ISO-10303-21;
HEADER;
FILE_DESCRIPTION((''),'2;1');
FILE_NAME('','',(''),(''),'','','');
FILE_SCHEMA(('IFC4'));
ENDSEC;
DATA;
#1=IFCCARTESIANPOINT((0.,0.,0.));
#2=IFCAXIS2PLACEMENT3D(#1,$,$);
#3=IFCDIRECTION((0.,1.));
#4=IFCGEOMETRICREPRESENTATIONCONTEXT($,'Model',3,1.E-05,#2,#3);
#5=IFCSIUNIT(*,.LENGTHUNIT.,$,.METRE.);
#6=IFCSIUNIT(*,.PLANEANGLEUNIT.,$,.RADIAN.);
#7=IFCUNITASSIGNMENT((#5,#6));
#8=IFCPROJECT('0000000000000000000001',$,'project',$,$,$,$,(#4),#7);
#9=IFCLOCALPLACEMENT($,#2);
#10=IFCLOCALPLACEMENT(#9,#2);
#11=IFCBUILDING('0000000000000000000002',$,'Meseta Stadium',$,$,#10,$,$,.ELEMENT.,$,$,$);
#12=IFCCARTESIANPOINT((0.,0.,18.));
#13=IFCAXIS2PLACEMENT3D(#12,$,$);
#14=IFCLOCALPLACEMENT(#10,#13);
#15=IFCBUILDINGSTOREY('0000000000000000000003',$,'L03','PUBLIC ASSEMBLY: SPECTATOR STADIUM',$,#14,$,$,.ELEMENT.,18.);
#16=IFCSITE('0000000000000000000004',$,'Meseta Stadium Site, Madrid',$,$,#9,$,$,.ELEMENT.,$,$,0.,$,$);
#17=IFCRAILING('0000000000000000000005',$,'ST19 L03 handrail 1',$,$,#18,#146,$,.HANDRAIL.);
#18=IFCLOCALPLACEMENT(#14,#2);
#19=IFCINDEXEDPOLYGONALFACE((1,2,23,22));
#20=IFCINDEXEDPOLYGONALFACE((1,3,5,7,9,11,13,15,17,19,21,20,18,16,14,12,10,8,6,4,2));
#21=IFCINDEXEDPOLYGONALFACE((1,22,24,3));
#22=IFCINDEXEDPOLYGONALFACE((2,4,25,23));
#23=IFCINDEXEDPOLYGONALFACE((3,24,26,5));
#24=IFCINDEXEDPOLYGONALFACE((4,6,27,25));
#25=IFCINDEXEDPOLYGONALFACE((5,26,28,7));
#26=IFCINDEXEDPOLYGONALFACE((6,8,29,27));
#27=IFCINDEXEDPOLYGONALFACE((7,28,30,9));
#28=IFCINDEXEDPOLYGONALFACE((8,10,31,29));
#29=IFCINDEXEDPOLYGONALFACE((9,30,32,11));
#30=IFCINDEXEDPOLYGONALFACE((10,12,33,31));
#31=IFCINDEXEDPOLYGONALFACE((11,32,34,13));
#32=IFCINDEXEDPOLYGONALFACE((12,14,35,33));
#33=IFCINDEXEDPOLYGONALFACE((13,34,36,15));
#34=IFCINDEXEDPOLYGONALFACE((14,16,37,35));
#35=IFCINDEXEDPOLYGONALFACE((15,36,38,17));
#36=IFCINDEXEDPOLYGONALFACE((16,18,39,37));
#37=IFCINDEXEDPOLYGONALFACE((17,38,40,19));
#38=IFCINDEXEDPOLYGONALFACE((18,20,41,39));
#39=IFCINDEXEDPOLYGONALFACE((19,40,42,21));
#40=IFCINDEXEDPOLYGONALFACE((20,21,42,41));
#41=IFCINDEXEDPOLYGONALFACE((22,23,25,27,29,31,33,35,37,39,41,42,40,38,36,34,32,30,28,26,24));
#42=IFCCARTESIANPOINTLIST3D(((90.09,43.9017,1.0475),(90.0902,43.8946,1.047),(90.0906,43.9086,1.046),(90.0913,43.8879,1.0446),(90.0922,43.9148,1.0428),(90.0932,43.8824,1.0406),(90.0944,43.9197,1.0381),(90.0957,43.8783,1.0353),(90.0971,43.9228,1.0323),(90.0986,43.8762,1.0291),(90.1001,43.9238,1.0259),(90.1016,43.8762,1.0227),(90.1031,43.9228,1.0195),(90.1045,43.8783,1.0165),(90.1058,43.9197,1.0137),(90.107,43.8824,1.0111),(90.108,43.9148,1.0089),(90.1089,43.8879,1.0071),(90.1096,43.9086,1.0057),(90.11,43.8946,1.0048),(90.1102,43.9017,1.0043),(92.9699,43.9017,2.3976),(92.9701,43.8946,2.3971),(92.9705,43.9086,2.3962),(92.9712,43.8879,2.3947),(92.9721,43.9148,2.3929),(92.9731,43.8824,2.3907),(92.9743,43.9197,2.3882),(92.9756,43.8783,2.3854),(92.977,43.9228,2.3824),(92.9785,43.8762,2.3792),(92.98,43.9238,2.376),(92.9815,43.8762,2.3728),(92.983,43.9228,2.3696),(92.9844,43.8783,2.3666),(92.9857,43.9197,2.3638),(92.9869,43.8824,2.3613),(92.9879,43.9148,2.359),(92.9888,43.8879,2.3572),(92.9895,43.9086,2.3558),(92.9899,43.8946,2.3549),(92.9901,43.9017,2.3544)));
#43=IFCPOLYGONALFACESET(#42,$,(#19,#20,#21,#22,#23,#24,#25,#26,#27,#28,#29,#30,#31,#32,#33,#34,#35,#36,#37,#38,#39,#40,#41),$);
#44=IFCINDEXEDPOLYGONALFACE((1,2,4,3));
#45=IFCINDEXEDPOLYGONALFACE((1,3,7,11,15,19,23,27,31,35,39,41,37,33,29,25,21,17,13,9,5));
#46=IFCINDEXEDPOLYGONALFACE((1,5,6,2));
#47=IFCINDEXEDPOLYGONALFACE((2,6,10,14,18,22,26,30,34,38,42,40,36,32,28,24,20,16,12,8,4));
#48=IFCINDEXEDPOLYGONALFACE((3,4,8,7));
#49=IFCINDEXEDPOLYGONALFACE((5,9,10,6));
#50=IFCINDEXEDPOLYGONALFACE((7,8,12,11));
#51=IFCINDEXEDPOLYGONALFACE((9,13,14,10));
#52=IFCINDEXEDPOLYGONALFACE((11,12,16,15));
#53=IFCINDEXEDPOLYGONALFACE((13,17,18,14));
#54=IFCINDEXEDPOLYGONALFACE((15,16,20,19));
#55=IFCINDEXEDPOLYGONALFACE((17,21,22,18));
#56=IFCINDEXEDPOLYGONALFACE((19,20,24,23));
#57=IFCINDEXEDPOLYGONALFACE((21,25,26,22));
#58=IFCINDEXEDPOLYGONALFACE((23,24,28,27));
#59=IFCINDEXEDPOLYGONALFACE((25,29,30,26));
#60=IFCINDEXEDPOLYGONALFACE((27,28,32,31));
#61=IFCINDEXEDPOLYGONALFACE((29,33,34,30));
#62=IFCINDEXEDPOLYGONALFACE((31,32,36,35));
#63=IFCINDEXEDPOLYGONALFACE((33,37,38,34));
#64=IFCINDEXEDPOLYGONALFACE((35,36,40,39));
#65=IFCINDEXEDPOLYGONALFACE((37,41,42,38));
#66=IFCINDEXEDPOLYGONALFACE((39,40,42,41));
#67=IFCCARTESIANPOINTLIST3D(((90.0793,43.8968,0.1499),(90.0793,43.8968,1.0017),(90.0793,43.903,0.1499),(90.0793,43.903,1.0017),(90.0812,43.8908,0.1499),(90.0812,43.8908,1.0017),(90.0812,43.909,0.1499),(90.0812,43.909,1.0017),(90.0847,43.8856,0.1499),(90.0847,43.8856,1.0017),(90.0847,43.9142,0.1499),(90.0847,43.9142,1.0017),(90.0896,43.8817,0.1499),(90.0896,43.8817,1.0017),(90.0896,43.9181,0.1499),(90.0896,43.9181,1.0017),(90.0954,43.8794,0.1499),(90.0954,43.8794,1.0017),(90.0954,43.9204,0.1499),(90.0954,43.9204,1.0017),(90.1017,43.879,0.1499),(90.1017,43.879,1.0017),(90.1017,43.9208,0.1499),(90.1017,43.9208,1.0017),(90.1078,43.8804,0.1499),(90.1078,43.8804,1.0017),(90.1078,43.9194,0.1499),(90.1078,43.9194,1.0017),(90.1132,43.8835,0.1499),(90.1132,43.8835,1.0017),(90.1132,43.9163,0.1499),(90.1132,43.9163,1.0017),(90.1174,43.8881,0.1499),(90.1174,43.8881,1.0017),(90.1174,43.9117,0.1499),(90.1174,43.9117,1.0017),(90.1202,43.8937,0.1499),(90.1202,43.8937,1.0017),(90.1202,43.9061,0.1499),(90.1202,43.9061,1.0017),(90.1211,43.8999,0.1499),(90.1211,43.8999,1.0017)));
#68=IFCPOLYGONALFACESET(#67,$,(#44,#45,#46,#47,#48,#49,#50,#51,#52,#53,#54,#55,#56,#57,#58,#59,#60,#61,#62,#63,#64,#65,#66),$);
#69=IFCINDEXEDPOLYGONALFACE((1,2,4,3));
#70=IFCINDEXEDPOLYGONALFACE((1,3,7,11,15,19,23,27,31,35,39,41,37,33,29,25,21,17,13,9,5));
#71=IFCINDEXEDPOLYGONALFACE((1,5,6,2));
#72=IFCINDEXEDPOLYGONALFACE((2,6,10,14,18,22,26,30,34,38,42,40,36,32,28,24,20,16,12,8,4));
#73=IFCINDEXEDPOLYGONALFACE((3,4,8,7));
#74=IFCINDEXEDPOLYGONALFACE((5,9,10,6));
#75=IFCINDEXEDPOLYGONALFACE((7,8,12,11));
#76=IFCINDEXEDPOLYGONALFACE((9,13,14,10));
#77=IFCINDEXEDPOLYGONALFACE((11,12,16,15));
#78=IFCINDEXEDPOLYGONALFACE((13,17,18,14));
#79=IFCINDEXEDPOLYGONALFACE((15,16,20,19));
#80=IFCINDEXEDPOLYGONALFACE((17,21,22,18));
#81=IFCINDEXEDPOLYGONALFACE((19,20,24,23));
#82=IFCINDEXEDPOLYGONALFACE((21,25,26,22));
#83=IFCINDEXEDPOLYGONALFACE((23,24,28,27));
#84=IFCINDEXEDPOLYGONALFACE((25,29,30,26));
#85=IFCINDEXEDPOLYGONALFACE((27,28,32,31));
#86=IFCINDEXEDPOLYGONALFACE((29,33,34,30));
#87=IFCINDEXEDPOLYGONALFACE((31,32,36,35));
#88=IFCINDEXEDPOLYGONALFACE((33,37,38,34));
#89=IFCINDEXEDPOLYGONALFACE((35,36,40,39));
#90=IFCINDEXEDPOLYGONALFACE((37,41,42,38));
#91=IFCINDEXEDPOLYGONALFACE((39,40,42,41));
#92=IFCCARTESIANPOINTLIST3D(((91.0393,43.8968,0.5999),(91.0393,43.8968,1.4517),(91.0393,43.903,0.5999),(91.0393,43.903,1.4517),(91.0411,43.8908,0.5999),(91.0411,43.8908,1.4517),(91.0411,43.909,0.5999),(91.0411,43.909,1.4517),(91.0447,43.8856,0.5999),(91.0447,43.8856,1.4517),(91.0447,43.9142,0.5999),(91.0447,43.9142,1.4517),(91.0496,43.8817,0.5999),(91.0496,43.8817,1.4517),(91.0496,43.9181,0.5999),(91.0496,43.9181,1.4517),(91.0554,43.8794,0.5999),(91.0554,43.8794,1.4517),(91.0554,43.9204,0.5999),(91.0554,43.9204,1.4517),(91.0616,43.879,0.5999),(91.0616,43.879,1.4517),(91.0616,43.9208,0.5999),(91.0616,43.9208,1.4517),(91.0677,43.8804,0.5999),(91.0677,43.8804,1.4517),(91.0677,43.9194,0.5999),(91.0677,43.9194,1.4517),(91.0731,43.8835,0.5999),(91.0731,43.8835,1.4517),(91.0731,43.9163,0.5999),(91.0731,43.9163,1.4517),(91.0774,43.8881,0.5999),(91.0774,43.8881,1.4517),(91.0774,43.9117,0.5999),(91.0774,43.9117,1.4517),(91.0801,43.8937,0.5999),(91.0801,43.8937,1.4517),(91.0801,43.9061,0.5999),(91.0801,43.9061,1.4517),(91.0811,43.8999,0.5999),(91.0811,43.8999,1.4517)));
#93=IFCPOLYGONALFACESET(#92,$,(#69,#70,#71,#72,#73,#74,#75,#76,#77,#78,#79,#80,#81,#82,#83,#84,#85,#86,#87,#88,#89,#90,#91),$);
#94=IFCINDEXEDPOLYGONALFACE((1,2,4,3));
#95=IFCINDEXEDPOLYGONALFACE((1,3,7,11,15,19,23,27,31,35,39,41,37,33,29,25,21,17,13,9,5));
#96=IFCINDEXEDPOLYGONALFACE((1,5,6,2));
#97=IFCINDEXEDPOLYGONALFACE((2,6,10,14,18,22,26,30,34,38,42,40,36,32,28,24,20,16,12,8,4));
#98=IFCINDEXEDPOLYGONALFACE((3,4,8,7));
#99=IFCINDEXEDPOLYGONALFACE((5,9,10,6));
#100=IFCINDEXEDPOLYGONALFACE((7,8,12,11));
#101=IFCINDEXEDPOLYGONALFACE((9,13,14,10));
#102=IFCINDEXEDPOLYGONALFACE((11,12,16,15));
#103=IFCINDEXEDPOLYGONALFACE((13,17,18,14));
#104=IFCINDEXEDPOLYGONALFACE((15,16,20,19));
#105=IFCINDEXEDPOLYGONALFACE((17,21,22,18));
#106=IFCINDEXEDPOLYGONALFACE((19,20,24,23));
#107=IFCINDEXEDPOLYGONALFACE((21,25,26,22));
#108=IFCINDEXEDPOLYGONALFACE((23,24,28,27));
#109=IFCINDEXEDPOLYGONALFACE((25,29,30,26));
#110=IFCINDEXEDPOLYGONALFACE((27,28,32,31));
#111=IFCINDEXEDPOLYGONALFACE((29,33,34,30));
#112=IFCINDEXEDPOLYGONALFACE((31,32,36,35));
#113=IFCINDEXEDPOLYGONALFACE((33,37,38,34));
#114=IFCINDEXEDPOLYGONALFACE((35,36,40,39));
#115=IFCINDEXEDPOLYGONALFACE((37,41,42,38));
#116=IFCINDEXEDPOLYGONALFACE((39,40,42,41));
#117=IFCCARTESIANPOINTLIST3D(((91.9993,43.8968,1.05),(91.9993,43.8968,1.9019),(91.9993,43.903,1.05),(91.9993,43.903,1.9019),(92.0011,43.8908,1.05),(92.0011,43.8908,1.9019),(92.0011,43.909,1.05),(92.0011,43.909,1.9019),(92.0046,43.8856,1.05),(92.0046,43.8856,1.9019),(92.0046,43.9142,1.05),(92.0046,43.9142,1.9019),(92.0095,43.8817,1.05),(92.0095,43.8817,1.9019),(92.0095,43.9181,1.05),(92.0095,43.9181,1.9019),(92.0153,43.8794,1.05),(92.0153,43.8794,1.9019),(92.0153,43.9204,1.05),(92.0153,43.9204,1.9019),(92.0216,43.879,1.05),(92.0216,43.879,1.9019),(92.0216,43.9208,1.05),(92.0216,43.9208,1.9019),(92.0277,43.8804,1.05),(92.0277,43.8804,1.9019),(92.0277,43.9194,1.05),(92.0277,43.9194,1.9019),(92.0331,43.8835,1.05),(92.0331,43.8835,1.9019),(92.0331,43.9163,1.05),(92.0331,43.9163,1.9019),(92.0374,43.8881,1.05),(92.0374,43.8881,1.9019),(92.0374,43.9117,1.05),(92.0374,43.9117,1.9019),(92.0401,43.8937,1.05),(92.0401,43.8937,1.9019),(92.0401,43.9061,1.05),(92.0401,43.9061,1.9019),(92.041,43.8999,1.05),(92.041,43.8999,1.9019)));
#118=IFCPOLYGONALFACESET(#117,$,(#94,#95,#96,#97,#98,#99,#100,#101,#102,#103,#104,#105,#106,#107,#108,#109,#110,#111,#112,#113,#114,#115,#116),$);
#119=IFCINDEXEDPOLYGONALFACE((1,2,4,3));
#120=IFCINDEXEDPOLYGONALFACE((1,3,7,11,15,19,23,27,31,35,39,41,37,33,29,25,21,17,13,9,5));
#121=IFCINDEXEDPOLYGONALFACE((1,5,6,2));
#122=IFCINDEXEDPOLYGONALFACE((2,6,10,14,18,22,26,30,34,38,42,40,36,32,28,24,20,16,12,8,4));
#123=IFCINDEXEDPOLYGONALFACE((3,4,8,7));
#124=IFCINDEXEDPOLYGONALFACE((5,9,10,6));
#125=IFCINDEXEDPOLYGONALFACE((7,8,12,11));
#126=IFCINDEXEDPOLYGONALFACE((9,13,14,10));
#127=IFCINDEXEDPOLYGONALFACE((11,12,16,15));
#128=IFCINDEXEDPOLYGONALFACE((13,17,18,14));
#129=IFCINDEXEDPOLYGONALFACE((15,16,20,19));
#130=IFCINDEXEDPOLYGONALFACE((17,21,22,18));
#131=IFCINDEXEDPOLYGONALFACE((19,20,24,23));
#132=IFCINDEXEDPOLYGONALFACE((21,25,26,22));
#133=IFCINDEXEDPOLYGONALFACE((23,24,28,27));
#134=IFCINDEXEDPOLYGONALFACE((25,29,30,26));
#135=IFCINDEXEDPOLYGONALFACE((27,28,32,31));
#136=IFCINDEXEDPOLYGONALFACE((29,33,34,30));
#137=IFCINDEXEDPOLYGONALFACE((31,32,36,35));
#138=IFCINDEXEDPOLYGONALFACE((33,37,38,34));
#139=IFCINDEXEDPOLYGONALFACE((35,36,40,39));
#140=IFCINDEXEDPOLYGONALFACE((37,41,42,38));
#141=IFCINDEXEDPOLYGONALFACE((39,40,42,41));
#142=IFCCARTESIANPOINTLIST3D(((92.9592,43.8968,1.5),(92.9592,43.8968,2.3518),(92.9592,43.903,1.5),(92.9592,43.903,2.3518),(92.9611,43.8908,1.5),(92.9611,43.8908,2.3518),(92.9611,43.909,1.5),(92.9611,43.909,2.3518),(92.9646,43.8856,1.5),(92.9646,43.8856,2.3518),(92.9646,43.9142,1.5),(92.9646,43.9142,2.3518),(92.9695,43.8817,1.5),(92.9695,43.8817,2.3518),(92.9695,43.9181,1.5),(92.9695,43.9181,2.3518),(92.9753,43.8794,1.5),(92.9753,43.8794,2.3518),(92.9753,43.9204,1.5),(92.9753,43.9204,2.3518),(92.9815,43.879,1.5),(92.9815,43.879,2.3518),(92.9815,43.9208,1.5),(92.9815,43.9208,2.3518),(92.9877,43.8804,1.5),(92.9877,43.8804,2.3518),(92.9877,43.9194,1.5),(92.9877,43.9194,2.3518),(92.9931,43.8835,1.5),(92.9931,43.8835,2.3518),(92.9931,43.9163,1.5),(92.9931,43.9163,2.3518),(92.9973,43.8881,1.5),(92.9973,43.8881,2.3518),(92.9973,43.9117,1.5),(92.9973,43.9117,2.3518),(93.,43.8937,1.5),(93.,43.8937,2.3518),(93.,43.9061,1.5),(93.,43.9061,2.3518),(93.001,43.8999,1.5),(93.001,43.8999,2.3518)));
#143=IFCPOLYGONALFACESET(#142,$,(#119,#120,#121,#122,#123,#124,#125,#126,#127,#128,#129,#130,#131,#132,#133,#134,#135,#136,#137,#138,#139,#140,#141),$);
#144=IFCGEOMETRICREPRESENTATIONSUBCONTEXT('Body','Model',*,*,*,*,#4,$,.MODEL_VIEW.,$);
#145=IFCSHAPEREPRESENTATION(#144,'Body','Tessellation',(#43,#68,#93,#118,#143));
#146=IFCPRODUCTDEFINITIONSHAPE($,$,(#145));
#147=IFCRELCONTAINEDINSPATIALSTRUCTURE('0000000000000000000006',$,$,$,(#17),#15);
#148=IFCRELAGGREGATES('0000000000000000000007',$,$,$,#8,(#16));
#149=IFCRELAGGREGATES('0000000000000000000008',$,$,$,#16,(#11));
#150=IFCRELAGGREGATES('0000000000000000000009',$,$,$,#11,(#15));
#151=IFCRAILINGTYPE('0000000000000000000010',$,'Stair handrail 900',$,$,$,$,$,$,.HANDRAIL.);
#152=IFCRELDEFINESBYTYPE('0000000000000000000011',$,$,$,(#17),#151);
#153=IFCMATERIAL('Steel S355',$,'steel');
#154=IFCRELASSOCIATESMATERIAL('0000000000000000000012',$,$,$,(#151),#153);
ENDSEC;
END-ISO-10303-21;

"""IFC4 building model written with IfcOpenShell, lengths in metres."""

from ifc_helpers import new_model, si_unit, direction, frame, origin, origin_2d, place, context, subcontext, project, spatial, circle, extrude, material, type_object, element, save


model = new_model("IFC4")

# Units and contexts
model_context = context("Model", 3, precision=1e-05, world=origin(), true_north=direction((0.0, 1.0)))
body_context = subcontext(model_context, "Body", "Model", "MODEL_VIEW")
ifc_project = project(units=[si_unit("LENGTHUNIT", "METRE"), si_unit("PLANEANGLEUNIT", "RADIAN")], contexts=[model_context])

# Site, building, storey
site_placement = place(None, origin())
site = spatial("IfcSite", under=ifc_project, at=site_placement, Name="Meseta Stadium Site, Madrid", CompositionType="ELEMENT", RefElevation=0.0)
building_placement = place(site_placement, origin())
building = spatial("IfcBuilding", under=site, at=building_placement, Name="Meseta Stadium", CompositionType="ELEMENT")
storey_placement = place(building_placement, frame((0.0, 0.0, 18.0)))
storey = spatial("IfcBuildingStorey", under=building, at=storey_placement, Name="L03", Description="PUBLIC ASSEMBLY: SPECTATOR STADIUM", CompositionType="ELEMENT", Elevation=18.0)

# Railing
ifc_material_1 = material(Name="Steel S355", Category="steel")
railing_type_1 = type_object("IfcRailingType", Name="Stair handrail 900", PredefinedType="HANDRAIL", material=ifc_material_1)
for number, where, name in (
    (1, (90.1001, 43.8999, 0.1499), "ST19 L03 handrail 1"),
):
    element("IfcRailing", number, at=place(storey_placement, frame(where)), inside=storey, type_object=railing_type_1, Name=name, PredefinedType="HANDRAIL", context=body_context, shape_type="SweptSolid", body=[
        extrude(circle(Radius=0.0239, at=origin_2d()), frame((0.0, 0.0, 0.876), z_axis=(0.90544, 0.0, 0.424473), x_axis=(0.0, 1.0, 0.0)), (0.0, 0.0, 1.0), 3.1807),
        extrude(circle(Radius=0.021, at=origin_2d()), origin(), (0.0, 0.0, 1.0), 0.8518),
        extrude(circle(Radius=0.021, at=origin_2d()), frame((0.96, 0.0, 0.45)), (0.0, 0.0, 1.0), 0.8518),
        extrude(circle(Radius=0.021, at=origin_2d()), frame((1.9199, 0.0, 0.9001)), (0.0, 0.0, 1.0), 0.8518),
        extrude(circle(Radius=0.021, at=origin_2d()), frame((2.8799, 0.0, 1.3501)), (0.0, 0.0, 1.0), 0.8518),
    ])

save(model, "model.ifc")
